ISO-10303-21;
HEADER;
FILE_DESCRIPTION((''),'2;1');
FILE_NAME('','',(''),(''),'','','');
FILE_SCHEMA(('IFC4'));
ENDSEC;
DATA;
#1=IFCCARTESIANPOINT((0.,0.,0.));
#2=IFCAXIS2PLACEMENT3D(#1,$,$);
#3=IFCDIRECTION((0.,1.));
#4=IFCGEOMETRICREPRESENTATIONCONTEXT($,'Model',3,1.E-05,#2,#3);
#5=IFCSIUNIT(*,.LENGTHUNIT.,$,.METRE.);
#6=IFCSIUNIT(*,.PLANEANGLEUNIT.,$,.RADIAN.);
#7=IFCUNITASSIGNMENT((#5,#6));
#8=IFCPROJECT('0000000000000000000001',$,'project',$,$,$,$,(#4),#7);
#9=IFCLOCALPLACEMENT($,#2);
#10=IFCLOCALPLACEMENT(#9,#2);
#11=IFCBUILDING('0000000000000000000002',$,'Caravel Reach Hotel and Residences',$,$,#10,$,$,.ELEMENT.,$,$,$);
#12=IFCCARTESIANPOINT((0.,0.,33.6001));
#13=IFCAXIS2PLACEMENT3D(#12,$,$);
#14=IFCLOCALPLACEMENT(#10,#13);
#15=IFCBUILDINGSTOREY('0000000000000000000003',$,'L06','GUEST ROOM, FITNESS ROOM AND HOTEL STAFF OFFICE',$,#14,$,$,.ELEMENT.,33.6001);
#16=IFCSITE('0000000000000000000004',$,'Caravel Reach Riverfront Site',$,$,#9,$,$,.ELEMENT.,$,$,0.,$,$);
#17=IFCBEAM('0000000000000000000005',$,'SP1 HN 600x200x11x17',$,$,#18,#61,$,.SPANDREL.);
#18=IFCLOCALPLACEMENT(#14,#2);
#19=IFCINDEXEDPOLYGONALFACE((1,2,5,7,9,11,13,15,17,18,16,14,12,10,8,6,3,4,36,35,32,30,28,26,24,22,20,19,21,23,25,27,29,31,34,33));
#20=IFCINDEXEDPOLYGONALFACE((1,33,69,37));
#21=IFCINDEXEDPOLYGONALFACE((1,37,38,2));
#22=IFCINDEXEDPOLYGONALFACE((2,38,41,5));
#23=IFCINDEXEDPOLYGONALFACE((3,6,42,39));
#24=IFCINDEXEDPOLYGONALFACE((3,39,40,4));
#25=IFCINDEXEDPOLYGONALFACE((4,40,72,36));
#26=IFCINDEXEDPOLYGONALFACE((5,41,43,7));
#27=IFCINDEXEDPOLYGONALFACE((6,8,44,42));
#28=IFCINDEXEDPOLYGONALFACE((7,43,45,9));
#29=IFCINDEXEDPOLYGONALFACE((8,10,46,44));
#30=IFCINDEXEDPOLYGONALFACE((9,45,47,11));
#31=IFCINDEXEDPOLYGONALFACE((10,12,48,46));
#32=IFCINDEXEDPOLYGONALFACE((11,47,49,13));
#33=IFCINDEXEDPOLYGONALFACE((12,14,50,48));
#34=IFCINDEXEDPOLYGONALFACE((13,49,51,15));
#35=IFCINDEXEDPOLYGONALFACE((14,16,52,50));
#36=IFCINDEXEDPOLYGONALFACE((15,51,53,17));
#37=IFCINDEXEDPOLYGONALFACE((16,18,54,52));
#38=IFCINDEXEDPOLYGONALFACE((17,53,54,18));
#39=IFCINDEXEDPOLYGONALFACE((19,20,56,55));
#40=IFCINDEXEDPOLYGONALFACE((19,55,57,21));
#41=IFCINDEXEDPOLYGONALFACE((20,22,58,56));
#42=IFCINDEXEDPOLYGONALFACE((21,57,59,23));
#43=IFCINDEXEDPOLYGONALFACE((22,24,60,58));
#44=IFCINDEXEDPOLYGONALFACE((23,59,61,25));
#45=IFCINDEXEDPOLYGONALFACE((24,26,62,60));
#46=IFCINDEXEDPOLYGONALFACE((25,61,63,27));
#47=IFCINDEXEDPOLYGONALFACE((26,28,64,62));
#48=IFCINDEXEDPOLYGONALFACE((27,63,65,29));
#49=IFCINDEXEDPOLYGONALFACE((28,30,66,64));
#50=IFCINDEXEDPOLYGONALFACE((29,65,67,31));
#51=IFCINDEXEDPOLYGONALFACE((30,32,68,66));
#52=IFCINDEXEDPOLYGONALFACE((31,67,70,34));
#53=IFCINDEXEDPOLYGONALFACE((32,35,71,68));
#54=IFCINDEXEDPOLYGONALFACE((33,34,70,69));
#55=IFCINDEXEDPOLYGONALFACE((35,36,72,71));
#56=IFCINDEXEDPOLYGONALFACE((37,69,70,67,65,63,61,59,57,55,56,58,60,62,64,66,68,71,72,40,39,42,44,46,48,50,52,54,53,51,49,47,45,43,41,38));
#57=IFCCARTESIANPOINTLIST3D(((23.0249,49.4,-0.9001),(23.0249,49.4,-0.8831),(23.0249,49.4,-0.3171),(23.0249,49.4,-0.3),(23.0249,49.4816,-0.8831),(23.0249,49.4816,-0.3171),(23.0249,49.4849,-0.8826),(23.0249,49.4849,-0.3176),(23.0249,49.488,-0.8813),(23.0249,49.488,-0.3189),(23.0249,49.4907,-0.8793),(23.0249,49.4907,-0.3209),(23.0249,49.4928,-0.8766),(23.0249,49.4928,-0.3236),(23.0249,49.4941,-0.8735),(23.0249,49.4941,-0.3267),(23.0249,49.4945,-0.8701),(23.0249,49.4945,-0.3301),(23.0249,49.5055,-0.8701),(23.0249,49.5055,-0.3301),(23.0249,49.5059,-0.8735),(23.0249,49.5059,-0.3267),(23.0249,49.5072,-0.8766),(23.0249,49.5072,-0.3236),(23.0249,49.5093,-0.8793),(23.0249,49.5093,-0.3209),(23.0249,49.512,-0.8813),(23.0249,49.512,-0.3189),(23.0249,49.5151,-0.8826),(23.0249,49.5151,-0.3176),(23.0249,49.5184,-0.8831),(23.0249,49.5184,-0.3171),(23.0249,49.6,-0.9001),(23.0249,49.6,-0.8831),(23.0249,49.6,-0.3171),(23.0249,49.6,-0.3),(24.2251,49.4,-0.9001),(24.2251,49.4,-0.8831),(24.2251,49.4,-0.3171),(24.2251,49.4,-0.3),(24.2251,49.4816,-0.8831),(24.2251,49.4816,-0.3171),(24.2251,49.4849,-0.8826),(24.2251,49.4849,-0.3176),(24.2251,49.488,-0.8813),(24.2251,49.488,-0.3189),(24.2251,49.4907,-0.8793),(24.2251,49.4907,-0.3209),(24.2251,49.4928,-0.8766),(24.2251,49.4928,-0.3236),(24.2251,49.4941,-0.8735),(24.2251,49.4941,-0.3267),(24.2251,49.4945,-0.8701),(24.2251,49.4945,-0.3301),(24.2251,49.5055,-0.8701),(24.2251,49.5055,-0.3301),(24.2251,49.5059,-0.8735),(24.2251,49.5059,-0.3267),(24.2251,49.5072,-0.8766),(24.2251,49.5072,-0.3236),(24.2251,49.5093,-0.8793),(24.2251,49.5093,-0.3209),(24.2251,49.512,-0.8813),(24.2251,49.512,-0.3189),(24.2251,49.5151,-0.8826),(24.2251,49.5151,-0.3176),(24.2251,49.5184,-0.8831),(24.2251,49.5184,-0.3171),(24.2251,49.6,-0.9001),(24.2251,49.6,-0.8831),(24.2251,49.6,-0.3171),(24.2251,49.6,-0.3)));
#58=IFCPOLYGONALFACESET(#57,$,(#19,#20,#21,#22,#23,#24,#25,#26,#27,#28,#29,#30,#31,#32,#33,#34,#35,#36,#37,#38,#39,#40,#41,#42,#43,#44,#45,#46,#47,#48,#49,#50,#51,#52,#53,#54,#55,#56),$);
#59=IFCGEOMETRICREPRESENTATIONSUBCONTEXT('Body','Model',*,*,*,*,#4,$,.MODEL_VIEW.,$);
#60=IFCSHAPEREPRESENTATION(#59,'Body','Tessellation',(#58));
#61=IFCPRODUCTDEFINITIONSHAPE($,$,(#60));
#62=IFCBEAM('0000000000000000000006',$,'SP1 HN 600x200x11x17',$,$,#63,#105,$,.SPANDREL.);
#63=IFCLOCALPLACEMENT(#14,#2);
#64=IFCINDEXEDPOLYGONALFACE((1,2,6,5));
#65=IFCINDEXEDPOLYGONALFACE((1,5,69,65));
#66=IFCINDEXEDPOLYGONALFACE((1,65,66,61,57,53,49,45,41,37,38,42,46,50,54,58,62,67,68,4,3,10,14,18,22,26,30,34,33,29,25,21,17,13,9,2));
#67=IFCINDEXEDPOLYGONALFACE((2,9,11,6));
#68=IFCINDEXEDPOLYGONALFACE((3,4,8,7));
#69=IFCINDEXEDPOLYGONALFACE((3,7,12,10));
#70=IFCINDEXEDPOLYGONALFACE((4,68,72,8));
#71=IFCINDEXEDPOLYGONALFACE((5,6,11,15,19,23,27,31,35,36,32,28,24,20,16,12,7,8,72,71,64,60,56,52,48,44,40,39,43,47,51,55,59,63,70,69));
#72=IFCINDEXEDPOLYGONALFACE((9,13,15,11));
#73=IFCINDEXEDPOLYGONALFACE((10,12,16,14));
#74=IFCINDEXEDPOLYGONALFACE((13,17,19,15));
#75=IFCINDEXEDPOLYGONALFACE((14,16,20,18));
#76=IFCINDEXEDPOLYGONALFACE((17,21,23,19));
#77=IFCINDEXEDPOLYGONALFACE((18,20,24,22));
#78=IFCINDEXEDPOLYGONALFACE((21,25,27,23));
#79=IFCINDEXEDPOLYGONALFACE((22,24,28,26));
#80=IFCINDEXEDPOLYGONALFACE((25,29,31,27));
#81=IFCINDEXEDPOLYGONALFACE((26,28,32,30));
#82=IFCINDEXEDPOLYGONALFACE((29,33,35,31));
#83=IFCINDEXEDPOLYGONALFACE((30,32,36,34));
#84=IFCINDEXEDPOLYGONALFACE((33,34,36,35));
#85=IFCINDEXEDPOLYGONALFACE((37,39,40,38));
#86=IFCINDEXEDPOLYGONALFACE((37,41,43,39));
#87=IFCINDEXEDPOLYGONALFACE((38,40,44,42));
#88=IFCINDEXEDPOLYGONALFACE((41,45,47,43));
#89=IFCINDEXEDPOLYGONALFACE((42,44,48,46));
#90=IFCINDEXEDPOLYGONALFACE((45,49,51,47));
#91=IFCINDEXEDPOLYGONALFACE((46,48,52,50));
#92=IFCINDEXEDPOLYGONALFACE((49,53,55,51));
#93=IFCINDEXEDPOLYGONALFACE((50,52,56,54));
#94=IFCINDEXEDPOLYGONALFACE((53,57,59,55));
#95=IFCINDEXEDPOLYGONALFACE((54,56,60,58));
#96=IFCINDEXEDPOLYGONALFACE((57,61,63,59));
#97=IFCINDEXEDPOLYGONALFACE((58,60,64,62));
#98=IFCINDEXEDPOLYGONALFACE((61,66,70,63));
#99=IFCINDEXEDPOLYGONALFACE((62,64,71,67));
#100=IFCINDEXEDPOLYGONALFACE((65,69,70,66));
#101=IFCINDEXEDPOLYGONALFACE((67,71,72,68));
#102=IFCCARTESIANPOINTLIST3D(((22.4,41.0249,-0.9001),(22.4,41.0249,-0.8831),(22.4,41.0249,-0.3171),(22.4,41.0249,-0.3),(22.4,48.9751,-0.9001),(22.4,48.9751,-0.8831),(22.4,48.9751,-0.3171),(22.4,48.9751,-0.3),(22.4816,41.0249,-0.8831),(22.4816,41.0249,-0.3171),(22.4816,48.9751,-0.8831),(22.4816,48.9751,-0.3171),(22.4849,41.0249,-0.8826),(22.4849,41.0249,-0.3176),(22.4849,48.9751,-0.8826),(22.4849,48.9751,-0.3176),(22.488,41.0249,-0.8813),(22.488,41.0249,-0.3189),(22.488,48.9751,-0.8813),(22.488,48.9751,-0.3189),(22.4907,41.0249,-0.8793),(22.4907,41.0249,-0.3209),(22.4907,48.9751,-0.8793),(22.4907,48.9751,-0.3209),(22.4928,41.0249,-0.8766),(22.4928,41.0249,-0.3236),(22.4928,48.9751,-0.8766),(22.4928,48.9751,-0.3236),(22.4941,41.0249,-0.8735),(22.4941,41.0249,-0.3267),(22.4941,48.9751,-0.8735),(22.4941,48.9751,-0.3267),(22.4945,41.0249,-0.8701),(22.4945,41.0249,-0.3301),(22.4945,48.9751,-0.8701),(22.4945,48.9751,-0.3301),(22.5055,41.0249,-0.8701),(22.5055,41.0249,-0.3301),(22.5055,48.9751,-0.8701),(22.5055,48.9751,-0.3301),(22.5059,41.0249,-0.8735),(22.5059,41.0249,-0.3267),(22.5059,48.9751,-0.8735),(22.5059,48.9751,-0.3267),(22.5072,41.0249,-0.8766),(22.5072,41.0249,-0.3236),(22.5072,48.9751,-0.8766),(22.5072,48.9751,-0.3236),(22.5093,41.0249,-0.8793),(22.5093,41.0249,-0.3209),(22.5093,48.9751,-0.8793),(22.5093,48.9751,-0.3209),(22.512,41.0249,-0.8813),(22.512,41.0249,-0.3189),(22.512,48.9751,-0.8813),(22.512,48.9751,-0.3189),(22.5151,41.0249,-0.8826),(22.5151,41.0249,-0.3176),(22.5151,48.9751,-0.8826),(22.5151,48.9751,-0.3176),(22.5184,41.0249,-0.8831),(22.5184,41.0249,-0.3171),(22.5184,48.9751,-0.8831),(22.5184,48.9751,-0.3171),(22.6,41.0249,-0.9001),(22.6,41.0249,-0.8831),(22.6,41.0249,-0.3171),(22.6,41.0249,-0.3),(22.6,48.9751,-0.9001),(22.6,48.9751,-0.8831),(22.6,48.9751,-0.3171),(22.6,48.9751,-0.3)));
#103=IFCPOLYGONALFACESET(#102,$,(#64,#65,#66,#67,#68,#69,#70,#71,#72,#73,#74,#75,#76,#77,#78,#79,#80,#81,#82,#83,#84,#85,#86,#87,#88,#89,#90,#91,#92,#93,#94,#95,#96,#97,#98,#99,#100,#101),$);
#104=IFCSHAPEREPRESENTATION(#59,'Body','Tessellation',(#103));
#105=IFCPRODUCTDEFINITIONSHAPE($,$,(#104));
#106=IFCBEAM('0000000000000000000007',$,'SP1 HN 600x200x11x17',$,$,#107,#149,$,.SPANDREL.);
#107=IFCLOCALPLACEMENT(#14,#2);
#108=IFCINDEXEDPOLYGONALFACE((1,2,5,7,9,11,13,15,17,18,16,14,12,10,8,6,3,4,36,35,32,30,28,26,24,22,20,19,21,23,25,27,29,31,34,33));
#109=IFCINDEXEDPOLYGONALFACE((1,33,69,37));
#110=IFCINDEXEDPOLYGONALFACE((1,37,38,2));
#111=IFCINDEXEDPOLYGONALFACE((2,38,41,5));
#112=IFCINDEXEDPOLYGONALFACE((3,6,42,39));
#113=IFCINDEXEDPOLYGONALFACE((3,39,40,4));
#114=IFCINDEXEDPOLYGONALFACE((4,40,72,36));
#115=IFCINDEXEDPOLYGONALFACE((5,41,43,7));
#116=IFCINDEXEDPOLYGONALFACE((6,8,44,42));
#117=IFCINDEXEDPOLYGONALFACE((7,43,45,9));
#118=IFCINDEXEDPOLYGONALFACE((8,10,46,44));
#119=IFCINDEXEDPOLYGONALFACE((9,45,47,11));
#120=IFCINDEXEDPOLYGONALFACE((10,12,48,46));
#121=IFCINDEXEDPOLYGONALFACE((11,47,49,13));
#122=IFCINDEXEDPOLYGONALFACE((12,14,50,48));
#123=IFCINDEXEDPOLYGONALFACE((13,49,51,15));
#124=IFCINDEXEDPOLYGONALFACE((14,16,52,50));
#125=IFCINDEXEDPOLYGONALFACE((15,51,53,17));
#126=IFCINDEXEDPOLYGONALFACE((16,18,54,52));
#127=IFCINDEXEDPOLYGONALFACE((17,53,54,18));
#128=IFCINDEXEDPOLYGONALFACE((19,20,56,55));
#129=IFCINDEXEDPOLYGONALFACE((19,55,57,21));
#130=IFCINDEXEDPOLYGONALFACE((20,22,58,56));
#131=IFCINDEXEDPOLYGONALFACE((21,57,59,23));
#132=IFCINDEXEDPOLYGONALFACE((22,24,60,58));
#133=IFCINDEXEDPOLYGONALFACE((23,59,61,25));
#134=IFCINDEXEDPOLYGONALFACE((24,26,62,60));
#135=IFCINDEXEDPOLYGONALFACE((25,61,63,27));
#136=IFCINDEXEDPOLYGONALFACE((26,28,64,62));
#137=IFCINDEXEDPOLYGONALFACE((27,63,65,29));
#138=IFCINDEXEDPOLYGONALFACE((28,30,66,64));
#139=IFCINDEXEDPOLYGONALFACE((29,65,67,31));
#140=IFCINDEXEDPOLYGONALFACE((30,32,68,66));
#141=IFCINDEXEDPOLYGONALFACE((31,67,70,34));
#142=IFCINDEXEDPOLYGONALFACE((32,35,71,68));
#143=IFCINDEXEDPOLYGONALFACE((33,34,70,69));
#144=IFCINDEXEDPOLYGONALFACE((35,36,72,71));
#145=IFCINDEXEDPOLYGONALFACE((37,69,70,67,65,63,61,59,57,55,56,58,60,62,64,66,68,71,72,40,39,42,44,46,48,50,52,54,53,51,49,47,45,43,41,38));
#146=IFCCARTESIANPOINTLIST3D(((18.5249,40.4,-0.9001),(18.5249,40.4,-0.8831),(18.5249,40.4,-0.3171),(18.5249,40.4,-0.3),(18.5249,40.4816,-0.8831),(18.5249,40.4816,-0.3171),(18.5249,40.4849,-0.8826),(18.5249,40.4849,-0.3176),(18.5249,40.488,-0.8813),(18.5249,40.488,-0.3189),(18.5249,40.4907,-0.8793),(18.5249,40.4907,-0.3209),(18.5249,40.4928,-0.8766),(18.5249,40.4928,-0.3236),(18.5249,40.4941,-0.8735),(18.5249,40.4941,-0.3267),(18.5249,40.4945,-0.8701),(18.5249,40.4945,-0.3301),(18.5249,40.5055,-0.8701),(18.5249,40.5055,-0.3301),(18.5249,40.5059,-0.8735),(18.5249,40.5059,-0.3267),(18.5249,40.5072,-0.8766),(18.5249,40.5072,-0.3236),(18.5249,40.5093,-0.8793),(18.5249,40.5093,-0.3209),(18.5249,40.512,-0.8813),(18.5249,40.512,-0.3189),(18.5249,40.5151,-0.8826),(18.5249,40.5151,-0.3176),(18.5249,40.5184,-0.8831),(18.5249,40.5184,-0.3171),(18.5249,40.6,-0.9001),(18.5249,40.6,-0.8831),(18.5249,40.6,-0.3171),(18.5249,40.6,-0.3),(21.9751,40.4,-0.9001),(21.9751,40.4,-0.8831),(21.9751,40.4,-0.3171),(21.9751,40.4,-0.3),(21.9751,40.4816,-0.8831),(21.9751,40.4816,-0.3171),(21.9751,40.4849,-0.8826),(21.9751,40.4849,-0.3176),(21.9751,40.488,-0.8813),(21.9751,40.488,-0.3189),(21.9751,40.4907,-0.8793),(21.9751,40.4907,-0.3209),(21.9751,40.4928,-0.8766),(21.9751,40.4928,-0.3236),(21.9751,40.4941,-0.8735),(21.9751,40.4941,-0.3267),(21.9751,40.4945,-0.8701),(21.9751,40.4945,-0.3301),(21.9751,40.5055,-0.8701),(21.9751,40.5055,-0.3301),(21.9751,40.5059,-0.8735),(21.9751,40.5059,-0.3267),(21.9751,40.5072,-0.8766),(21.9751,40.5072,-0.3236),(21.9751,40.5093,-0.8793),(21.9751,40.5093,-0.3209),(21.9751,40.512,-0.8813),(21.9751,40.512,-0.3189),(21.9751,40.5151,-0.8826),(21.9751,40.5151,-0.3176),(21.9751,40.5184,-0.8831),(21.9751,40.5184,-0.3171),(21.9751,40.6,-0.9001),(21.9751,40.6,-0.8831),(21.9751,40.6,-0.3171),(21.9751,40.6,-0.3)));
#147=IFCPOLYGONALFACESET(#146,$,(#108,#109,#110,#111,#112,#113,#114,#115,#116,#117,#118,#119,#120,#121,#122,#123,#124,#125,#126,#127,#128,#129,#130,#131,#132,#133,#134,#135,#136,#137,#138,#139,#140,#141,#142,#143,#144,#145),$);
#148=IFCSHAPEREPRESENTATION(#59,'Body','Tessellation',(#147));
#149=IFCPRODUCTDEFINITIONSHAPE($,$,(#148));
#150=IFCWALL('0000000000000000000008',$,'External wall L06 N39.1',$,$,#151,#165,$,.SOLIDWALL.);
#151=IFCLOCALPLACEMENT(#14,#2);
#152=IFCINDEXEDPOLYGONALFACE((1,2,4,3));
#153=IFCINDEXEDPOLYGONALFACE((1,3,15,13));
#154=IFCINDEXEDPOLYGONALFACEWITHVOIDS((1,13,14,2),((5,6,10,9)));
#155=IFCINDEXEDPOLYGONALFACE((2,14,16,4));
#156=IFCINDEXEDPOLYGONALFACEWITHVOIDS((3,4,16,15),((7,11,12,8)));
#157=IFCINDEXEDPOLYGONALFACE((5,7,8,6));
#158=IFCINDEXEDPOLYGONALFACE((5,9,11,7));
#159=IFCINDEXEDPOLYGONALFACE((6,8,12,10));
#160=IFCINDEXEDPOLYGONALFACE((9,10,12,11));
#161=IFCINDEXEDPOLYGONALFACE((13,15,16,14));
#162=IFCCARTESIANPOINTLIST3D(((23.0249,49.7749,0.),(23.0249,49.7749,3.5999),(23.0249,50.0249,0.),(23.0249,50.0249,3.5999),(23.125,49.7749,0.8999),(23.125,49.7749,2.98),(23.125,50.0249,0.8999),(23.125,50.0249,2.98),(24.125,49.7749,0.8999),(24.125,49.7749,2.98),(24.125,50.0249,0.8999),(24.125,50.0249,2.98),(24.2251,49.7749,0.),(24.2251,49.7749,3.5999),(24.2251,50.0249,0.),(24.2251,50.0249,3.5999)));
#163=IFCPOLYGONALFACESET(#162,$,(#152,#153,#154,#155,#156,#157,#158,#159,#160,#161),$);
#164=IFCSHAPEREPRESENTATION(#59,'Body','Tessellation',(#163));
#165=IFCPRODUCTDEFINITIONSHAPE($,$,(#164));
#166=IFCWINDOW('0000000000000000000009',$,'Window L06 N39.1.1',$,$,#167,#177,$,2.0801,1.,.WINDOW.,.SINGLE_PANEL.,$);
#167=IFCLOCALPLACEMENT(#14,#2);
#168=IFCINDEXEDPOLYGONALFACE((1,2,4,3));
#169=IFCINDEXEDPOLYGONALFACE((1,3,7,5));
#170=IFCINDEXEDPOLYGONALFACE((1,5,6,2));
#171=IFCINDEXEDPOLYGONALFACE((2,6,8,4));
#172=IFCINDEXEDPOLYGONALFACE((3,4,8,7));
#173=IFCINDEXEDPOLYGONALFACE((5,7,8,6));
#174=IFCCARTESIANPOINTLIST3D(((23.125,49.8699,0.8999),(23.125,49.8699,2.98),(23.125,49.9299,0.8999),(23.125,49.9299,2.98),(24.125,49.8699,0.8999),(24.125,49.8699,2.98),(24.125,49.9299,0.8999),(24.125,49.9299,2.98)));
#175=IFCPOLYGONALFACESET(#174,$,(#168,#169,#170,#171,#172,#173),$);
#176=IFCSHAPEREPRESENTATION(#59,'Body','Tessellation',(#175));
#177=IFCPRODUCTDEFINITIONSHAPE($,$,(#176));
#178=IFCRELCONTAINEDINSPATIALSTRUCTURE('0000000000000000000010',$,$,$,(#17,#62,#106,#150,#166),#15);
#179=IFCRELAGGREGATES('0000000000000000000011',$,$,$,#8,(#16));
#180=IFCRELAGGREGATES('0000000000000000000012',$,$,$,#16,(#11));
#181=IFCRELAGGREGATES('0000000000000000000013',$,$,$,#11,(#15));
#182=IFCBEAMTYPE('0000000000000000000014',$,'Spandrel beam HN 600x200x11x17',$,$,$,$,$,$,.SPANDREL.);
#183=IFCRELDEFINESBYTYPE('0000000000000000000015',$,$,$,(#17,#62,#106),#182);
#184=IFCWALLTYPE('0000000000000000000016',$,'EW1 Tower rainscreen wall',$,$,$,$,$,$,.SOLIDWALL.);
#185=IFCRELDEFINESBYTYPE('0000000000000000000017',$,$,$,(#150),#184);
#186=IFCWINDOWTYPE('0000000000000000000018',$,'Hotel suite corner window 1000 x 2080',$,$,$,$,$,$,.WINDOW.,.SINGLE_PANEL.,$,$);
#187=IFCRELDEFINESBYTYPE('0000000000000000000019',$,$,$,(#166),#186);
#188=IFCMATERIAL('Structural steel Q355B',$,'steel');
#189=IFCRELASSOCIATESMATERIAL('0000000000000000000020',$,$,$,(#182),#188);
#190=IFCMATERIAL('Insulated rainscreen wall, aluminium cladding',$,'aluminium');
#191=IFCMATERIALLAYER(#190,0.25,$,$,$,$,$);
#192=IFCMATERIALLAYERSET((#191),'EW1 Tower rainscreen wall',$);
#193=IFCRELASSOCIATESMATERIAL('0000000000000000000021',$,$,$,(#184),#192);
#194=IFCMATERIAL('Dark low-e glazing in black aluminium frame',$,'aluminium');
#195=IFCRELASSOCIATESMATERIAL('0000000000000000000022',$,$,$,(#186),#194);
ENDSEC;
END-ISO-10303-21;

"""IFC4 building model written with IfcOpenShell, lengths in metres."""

from ifc_helpers import new_model, si_unit, direction, frame, frame_2d, origin, origin_2d, place, context, subcontext, project, spatial, rectangle, i_section, extrude, material, layer, layer_set, material_profile, profile_set, type_object, element, fill, save


model = new_model("IFC4")

# Units and contexts
model_context = context("Model", 3, precision=1e-05, world=origin(), true_north=direction((0.0, 1.0)))
body_context = subcontext(model_context, "Body", "Model", "MODEL_VIEW")
ifc_project = project(units=[si_unit("LENGTHUNIT", "METRE"), si_unit("PLANEANGLEUNIT", "RADIAN")], contexts=[model_context])

# Site, building, storey
site_placement = place(None, origin())
site = spatial("IfcSite", under=ifc_project, at=site_placement, Name="Caravel Reach Riverfront Site", CompositionType="ELEMENT", RefElevation=0.0)
building_placement = place(site_placement, origin())
building = spatial("IfcBuilding", under=site, at=building_placement, Name="Caravel Reach Hotel and Residences", CompositionType="ELEMENT")
storey_placement = place(building_placement, frame((0.0, 0.0, 33.6001)))
storey = spatial("IfcBuildingStorey", under=building, at=storey_placement, Name="L06", Description="GUEST ROOM, FITNESS ROOM AND HOTEL STAFF OFFICE", CompositionType="ELEMENT", Elevation=33.6001)

# Beams
ifc_material_1 = material(Name="Structural steel Q355B", Category="steel")
ifc_material_profile_1 = material_profile(ifc_material_1, i_section(OverallWidth=0.2, OverallDepth=0.6001, WebThickness=0.011, FlangeThickness=0.0171, FilletRadius=0.0129, at=origin_2d()), Name="HN 600x200x11x17")
ifc_profile_set_1 = profile_set([ifc_material_profile_1], Name="Structural steel Q355B")
beam_type_1 = type_object("IfcBeamType", Name="Spandrel beam HN 600x200x11x17", PredefinedType="SPANDREL", material=ifc_profile_set_1)
beam_1_placement = place(storey_placement, frame((24.2251, 49.5, -0.6001), z_axis=(-1.0, 0.0, 0.0), x_axis=(0.0, -1.0, 0.0)))
element("IfcBeam", 1, at=beam_1_placement, inside=storey, type_object=beam_type_1, Name="SP1 HN 600x200x11x17", PredefinedType="SPANDREL", context=body_context, shape_type="SweptSolid", body=[
    extrude(i_section(OverallWidth=0.2, OverallDepth=0.6001, WebThickness=0.011, FlangeThickness=0.0171, FilletRadius=0.0129, at=origin_2d()), origin(), (0.0, 0.0, 1.0), 1.2002),
])
beam_2_placement = place(storey_placement, frame((22.5, 48.9751, -0.6001), z_axis=(0.0, -1.0, 0.0), x_axis=(1.0, 0.0, 0.0)))
element("IfcBeam", 2, at=beam_2_placement, inside=storey, type_object=beam_type_1, Name="SP1 HN 600x200x11x17", PredefinedType="SPANDREL", context=body_context, shape_type="SweptSolid", body=[
    extrude(i_section(OverallWidth=0.2, OverallDepth=0.6001, WebThickness=0.011, FlangeThickness=0.0171, FilletRadius=0.0129, at=origin_2d()), origin(), (0.0, 0.0, 1.0), 7.9502),
])
beam_3_placement = place(storey_placement, frame((21.9751, 40.5, -0.6001), z_axis=(-1.0, 0.0, 0.0), x_axis=(0.0, -1.0, 0.0)))
element("IfcBeam", 3, at=beam_3_placement, inside=storey, type_object=beam_type_1, Name="SP1 HN 600x200x11x17", PredefinedType="SPANDREL", context=body_context, shape_type="SweptSolid", body=[
    extrude(i_section(OverallWidth=0.2, OverallDepth=0.6001, WebThickness=0.011, FlangeThickness=0.0171, FilletRadius=0.0129, at=origin_2d()), origin(), (0.0, 0.0, 1.0), 3.4502),
])

# Wall, opening, window
ifc_material_2 = material(Name="Insulated rainscreen wall, aluminium cladding", Category="aluminium")
ifc_layer_1 = layer(ifc_material_2, 0.25)
ifc_layer_set_1 = layer_set([ifc_layer_1], Name="EW1 Tower rainscreen wall")
wall_type_1 = type_object("IfcWallType", Name="EW1 Tower rainscreen wall", PredefinedType="SOLIDWALL", material=ifc_layer_set_1)
wall_1_placement = place(storey_placement, frame((24.2251, 49.8999, 0.0), z_axis=(0.0, 0.0, 1.0), x_axis=(-1.0, 0.0, 0.0)))
wall_1 = element("IfcWall", 4, at=wall_1_placement, inside=storey, type_object=wall_type_1, Name="External wall L06 N39.1", PredefinedType="SOLIDWALL", context=body_context, shape_type="SweptSolid", body=[
    extrude(rectangle(XDim=1.2002, YDim=0.25, at=frame_2d((0.6001, 0.0))), origin(), (0.0, 0.0, 1.0), 3.5999),
])
opening_1_placement = place(wall_1_placement, frame((0.1001, 0.0, 0.8999)))
opening_1 = element("IfcOpeningElement", 5, at=opening_1_placement, cuts=wall_1, PredefinedType="OPENING", context=body_context, shape_type="SweptSolid", body=[
    extrude(rectangle(XDim=1.0, YDim=2.0801, at=frame_2d((0.5, 1.04))), frame((0.0, 0.135, 0.0), z_axis=(0.0, -1.0, 0.0), x_axis=(1.0, 0.0, 0.0)), (0.0, 0.0, 1.0), 0.27),
])
ifc_material_3 = material(Name="Dark low-e glazing in black aluminium frame", Category="aluminium")
window_type_1 = type_object("IfcWindowType", Name="Hotel suite corner window 1000 x 2080", PartitioningType="SINGLE_PANEL", PredefinedType="WINDOW", material=ifc_material_3)
window_1_placement = place(opening_1_placement, origin())
window_1 = element("IfcWindow", 6, at=window_1_placement, inside=storey, type_object=window_type_1, Name="Window L06 N39.1.1", OverallHeight=2.0801, OverallWidth=1.0, PartitioningType="SINGLE_PANEL", PredefinedType="WINDOW", context=body_context, shape_type="SweptSolid", body=[
    extrude(rectangle(XDim=1.0, YDim=2.0801, at=frame_2d((0.5, 1.04))), frame((0.0, 0.03, 0.0), z_axis=(0.0, -1.0, 0.0), x_axis=(1.0, 0.0, 0.0)), (0.0, 0.0, 1.0), 0.0601),
])
fill(opening_1, window_1)

save(model, "model.ifc")
